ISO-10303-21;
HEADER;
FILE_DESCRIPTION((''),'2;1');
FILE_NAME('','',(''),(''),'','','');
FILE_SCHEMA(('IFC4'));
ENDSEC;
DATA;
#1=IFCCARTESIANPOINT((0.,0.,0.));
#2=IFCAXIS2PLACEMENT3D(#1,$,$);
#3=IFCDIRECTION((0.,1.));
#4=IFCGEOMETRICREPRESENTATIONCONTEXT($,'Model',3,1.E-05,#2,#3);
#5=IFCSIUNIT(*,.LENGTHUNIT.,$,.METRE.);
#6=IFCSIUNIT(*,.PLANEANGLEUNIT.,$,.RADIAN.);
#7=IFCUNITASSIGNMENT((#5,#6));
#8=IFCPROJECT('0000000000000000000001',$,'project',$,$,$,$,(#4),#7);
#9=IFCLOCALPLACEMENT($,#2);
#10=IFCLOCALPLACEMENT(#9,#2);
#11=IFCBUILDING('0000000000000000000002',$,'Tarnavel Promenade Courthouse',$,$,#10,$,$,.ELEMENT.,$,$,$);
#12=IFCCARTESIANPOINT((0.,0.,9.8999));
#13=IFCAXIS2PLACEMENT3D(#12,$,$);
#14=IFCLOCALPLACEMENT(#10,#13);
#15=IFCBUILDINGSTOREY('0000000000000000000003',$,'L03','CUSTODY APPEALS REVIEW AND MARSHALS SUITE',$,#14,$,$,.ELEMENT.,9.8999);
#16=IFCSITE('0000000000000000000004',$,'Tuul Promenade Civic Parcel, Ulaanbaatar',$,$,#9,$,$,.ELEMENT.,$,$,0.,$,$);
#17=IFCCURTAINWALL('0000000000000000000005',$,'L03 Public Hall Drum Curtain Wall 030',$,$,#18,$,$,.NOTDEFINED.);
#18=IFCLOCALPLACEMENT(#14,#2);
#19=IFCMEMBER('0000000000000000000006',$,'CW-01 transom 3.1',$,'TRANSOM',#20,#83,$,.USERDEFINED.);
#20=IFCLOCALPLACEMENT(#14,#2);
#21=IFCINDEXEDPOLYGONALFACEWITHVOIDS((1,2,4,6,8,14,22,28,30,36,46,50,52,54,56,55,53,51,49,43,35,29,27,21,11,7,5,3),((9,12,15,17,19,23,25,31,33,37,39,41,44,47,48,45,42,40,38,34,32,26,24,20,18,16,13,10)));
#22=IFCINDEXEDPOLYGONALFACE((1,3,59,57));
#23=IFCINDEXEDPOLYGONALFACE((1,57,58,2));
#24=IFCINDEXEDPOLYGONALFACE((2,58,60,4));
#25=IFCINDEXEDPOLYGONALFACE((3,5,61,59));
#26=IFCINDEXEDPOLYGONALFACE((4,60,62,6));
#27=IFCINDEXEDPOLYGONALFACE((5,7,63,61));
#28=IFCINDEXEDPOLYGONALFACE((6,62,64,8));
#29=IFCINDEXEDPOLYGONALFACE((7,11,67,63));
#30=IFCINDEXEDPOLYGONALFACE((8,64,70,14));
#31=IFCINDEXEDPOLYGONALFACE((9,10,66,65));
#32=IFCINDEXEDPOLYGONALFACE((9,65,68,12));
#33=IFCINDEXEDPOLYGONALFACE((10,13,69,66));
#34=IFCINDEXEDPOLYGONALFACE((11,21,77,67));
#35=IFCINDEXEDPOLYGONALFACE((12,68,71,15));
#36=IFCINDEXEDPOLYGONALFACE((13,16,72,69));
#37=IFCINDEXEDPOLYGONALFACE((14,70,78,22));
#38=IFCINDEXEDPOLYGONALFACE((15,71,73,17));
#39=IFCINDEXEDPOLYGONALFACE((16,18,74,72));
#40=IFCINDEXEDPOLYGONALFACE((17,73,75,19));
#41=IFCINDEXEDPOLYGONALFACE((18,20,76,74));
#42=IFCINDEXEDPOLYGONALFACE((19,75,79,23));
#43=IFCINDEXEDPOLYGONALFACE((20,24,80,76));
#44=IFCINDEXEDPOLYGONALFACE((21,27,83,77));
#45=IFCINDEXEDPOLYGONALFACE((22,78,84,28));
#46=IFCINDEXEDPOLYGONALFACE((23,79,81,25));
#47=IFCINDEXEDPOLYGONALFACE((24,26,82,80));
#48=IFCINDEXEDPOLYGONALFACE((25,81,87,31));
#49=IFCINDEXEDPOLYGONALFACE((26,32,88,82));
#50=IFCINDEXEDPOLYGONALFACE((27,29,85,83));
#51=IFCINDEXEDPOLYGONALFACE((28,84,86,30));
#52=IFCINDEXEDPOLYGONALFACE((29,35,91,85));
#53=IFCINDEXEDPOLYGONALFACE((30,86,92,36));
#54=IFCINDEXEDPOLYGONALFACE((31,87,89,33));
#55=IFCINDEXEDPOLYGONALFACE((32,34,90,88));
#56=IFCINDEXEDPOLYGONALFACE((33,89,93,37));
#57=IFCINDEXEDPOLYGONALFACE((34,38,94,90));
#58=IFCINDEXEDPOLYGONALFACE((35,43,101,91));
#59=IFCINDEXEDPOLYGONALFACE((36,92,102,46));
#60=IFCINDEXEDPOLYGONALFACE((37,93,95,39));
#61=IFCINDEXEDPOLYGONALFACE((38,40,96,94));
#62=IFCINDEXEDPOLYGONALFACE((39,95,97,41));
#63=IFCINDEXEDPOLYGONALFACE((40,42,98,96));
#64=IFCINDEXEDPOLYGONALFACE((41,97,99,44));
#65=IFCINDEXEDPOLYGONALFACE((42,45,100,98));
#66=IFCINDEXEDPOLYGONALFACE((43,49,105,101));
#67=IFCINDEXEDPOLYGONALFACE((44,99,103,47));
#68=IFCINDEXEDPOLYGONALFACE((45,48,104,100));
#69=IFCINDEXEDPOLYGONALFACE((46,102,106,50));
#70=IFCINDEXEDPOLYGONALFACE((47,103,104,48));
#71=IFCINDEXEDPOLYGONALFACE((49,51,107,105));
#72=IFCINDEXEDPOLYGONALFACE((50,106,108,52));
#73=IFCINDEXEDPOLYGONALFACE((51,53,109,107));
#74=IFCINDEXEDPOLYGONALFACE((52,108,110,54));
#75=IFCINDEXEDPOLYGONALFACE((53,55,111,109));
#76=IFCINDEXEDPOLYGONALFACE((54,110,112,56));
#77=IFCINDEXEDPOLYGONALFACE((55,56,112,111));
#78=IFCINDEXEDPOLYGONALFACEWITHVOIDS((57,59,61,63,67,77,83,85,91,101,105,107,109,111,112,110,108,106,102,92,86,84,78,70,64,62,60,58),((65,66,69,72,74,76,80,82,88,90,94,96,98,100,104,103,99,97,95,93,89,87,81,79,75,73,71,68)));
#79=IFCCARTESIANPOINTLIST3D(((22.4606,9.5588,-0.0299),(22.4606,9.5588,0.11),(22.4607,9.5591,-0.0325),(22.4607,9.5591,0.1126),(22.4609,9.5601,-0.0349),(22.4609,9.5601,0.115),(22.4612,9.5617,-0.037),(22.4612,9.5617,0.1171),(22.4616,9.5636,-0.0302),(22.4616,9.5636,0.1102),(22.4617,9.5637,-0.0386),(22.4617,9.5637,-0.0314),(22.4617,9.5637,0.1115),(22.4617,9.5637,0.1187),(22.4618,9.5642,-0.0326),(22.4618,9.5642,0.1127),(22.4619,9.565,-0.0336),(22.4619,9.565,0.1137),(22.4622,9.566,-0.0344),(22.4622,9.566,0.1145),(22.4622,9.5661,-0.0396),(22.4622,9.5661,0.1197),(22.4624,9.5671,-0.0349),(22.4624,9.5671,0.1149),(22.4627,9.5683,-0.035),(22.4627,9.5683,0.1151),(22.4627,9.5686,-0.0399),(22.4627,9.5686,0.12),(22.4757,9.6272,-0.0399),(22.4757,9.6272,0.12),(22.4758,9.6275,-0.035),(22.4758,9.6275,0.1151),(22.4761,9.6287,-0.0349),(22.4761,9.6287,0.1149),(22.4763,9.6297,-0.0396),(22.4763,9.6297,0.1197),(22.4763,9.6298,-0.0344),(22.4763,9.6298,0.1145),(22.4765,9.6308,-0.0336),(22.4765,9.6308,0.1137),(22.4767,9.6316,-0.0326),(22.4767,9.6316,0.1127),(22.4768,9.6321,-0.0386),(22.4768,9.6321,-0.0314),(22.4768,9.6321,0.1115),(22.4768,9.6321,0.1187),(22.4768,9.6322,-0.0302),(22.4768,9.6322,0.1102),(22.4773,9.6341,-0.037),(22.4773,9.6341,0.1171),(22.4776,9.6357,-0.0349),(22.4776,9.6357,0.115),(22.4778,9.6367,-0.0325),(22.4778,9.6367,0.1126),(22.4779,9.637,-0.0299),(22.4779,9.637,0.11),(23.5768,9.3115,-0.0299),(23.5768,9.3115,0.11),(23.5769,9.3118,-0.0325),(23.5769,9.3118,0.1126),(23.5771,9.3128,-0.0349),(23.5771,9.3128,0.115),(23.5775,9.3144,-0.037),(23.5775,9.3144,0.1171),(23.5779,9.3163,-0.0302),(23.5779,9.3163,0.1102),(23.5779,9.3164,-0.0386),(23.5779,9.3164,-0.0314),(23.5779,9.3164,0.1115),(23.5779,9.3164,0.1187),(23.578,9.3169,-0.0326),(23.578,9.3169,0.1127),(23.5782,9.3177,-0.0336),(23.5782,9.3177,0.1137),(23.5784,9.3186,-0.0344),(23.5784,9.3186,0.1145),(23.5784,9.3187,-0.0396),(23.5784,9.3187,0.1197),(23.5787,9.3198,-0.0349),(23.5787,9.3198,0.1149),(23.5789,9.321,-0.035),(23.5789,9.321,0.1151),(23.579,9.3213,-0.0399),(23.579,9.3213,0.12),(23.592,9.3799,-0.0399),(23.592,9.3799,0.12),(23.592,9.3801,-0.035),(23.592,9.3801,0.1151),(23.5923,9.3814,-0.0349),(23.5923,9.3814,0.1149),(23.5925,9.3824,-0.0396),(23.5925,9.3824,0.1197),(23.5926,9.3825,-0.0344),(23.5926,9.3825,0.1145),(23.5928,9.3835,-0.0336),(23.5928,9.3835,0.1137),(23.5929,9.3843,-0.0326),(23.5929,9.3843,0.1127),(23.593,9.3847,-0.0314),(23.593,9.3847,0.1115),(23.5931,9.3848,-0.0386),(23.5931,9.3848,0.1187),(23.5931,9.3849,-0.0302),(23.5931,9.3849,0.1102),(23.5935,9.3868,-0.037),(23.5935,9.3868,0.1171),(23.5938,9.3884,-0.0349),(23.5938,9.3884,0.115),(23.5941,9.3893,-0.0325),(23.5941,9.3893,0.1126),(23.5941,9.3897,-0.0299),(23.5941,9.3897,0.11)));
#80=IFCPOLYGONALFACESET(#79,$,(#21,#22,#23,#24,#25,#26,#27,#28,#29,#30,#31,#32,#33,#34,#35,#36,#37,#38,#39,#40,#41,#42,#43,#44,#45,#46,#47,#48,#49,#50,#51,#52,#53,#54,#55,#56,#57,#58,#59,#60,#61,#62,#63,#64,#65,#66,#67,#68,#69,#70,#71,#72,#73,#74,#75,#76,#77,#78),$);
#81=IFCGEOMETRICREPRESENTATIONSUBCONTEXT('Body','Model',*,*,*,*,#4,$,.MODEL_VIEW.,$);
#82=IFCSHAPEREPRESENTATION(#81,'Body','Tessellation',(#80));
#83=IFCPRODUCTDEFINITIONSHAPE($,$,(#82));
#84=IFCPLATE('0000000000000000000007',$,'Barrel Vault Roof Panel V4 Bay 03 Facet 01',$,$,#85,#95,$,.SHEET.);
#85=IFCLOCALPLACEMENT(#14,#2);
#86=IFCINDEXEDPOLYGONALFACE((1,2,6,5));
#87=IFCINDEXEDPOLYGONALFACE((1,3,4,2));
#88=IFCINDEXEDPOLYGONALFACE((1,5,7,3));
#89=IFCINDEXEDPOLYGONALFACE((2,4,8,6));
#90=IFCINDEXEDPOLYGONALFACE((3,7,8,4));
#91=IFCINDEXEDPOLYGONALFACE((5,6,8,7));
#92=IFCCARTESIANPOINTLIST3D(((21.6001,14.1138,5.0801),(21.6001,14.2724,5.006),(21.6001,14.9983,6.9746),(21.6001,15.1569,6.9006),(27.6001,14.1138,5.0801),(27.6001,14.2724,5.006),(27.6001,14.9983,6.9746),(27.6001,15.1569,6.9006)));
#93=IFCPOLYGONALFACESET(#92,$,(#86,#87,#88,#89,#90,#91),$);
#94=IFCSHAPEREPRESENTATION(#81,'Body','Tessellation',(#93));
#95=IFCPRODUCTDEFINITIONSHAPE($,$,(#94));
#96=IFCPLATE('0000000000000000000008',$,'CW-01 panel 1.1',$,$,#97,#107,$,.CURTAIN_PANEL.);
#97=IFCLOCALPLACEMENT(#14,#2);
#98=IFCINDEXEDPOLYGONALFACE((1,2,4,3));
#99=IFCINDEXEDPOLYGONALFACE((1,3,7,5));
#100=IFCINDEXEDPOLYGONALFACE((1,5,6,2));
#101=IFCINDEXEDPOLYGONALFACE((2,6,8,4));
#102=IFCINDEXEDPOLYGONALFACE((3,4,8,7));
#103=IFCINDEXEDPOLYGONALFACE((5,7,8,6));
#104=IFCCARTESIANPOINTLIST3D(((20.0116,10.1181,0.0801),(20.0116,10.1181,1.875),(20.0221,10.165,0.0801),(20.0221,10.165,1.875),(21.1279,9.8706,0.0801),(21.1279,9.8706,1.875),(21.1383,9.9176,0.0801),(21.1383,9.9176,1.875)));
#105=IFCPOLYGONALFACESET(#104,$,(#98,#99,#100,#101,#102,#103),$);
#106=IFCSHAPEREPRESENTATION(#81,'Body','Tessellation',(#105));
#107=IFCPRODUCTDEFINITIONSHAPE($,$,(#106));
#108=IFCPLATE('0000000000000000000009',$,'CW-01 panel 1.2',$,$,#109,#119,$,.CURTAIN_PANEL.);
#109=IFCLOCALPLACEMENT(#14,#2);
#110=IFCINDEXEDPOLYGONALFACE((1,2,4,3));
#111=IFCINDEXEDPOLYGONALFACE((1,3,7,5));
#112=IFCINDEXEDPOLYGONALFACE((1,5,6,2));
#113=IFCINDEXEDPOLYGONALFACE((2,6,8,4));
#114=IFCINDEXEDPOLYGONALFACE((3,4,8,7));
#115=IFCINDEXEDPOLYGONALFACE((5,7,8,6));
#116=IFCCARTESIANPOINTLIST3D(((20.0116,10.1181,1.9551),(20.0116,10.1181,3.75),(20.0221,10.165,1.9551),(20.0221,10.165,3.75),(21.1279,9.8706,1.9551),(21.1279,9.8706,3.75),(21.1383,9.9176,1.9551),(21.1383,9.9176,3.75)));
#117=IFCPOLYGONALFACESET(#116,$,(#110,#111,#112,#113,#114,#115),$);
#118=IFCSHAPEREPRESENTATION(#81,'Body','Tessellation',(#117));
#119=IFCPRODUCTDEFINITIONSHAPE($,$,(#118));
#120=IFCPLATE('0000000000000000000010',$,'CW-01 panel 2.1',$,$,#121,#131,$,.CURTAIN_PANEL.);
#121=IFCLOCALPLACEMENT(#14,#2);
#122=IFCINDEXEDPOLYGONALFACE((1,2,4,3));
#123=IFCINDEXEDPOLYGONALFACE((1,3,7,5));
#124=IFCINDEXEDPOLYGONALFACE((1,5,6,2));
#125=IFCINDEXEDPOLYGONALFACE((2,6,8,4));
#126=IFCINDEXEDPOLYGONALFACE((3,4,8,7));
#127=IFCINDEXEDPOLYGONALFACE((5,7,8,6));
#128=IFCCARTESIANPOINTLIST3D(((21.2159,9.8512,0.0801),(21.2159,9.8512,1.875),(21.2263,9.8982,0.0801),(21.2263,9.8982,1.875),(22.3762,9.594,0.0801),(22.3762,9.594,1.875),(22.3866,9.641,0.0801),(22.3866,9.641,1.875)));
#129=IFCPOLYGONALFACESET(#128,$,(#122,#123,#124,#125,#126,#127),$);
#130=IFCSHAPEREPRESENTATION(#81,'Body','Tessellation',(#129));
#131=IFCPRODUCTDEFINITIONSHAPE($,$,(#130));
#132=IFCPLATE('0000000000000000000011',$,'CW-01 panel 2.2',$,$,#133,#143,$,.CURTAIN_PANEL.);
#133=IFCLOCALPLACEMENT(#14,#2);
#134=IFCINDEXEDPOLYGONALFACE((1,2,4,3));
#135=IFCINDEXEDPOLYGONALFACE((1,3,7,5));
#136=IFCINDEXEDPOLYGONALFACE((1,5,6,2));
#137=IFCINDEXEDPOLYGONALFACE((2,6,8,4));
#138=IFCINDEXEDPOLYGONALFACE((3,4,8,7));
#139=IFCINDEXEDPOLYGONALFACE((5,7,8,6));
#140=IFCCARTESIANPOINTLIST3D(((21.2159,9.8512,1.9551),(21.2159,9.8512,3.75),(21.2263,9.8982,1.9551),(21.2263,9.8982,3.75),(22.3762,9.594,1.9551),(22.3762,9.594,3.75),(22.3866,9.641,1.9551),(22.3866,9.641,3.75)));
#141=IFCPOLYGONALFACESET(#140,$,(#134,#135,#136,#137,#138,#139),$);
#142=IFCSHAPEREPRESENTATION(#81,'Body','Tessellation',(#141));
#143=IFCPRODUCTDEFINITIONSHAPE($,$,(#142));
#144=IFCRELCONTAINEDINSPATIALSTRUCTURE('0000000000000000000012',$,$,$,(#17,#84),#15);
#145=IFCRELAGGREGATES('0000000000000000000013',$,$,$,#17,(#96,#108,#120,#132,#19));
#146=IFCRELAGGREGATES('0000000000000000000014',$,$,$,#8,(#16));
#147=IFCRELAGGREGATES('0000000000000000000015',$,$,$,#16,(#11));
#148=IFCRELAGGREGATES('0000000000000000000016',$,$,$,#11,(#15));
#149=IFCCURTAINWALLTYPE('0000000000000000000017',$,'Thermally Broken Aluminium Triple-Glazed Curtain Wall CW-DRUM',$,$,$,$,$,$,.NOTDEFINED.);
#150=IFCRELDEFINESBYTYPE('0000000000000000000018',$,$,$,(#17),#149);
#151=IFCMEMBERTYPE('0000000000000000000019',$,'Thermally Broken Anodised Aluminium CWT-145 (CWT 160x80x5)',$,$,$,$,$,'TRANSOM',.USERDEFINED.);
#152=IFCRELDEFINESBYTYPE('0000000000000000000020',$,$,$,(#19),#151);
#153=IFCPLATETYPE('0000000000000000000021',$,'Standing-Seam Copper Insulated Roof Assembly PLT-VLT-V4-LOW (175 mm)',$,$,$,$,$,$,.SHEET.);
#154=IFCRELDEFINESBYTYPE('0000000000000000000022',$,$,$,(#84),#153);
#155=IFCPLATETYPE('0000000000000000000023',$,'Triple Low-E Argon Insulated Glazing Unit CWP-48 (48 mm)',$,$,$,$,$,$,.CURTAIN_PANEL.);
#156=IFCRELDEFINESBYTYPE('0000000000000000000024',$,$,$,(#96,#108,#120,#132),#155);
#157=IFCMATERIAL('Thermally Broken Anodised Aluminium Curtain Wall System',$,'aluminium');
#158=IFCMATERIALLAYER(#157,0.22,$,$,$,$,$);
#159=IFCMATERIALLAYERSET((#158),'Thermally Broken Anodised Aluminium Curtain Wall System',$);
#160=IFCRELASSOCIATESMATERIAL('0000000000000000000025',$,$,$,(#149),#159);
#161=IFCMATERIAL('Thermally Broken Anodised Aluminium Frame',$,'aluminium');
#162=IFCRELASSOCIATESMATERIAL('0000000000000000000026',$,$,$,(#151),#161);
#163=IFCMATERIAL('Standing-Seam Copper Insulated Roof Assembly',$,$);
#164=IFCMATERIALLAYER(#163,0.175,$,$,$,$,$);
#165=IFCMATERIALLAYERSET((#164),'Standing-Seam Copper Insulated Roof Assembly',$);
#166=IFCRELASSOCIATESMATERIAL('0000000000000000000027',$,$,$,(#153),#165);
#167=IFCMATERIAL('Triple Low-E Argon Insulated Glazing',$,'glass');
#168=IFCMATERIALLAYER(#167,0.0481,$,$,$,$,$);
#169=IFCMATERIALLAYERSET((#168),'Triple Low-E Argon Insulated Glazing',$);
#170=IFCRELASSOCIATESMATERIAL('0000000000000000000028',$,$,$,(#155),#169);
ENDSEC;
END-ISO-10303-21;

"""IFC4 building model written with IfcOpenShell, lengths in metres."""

from ifc_helpers import new_model, si_unit, direction, frame, origin, origin_2d, place, context, subcontext, project, spatial, polyline, rectangle, hollow_rectangle, outline, extrude, material, layer, layer_set, material_profile, profile_set, type_object, element, aggregate, save


model = new_model("IFC4")

# Units and contexts
model_context = context("Model", 3, precision=1e-05, world=origin(), true_north=direction((0.0, 1.0)))
body_context = subcontext(model_context, "Body", "Model", "MODEL_VIEW")
ifc_project = project(units=[si_unit("LENGTHUNIT", "METRE"), si_unit("PLANEANGLEUNIT", "RADIAN")], contexts=[model_context])

# Site, building, storey
site_placement = place(None, origin())
site = spatial("IfcSite", under=ifc_project, at=site_placement, Name="Tuul Promenade Civic Parcel, Ulaanbaatar", CompositionType="ELEMENT", RefElevation=0.0)
building_placement = place(site_placement, origin())
building = spatial("IfcBuilding", under=site, at=building_placement, Name="Tarnavel Promenade Courthouse", CompositionType="ELEMENT")
storey_placement = place(building_placement, frame((0.0, 0.0, 9.8999)))
storey = spatial("IfcBuildingStorey", under=building, at=storey_placement, Name="L03", Description="CUSTODY APPEALS REVIEW AND MARSHALS SUITE", CompositionType="ELEMENT", Elevation=9.8999)

# Curtain wall, member
ifc_material_1 = material(Name="Thermally Broken Anodised Aluminium Curtain Wall System", Category="aluminium")
ifc_layer_1 = layer(ifc_material_1, 0.22)
ifc_layer_set_1 = layer_set([ifc_layer_1], Name="Thermally Broken Anodised Aluminium Curtain Wall System")
curtain_wall_type = type_object("IfcCurtainWallType", Name="Thermally Broken Aluminium Triple-Glazed Curtain Wall CW-DRUM", PredefinedType="NOTDEFINED", material=ifc_layer_set_1)
curtain_wall_placement = place(storey_placement, origin())
curtain_wall = element("IfcCurtainWall", 1, at=curtain_wall_placement, inside=storey, type_object=curtain_wall_type, Name="L03 Public Hall Drum Curtain Wall 030", PredefinedType="NOTDEFINED")
ifc_material_2 = material(Name="Thermally Broken Anodised Aluminium Frame", Category="aluminium")
ifc_material_profile_1 = material_profile(ifc_material_2, hollow_rectangle(XDim=0.0801, YDim=0.1599, WallThickness=0.0049, InnerFilletRadius=0.0049, OuterFilletRadius=0.01, at=origin_2d()), Name="CWT 160x80x5")
ifc_profile_set_1 = profile_set([ifc_material_profile_1], Name="Thermally Broken Anodised Aluminium Frame")
member_type_1 = type_object("IfcMemberType", Name="Thermally Broken Anodised Aluminium CWT-145 (CWT 160x80x5)", ElementType="TRANSOM", PredefinedType="USERDEFINED", material=ifc_profile_set_1)
member_1_placement = place(storey_placement, frame((22.4692, 9.5979, 0.04), z_axis=(0.976323, -0.21632, 0.0), x_axis=(0.21632, 0.976323, 0.0)))
member_1 = element("IfcMember", 2, at=member_1_placement, type_object=member_type_1, Name="CW-01 transom 3.1", ObjectType="TRANSOM", PredefinedType="USERDEFINED", context=body_context, shape_type="SweptSolid", body=[
    extrude(hollow_rectangle(XDim=0.0801, YDim=0.1599, WallThickness=0.0049, InnerFilletRadius=0.0049, OuterFilletRadius=0.01, at=origin_2d()), origin(), (0.0, 0.0, 1.0), 1.1433),
])

# Plates
ifc_material_3 = material(Name="Standing-Seam Copper Insulated Roof Assembly")
ifc_layer_2 = layer(ifc_material_3, 0.175)
ifc_layer_set_2 = layer_set([ifc_layer_2], Name="Standing-Seam Copper Insulated Roof Assembly")
plate_type_1 = type_object("IfcPlateType", Name="Standing-Seam Copper Insulated Roof Assembly PLT-VLT-V4-LOW (175 mm)", PredefinedType="SHEET", material=ifc_layer_set_2)
plate_1_placement = place(storey_placement, frame((21.6001, 14.1138, 5.0801), z_axis=(0.0, -0.906109, 0.423045), x_axis=(1.0, 0.0, 0.0)))
element("IfcPlate", 3, at=plate_1_placement, inside=storey, type_object=plate_type_1, Name="Barrel Vault Roof Panel V4 Bay 03 Facet 01", PredefinedType="SHEET", context=body_context, shape_type="SweptSolid", body=[
    extrude(outline(polyline([(0.0, 0.0), (6.0, 0.0), (6.0, 2.0908), (0.0, 2.0908), (0.0, 0.0)])), origin(), (0.0, 0.0, -1.0), 0.175),
])
ifc_material_4 = material(Name="Triple Low-E Argon Insulated Glazing", Category="glass")
ifc_layer_3 = layer(ifc_material_4, 0.0481)
ifc_layer_set_3 = layer_set([ifc_layer_3], Name="Triple Low-E Argon Insulated Glazing")
plate_type_2 = type_object("IfcPlateType", Name="Triple Low-E Argon Insulated Glazing Unit CWP-48 (48 mm)", PredefinedType="CURTAIN_PANEL", material=ifc_layer_set_3)
plate_2_placement = place(storey_placement, frame((20.575, 10.0178, 0.0801), z_axis=(0.0, 0.0, 1.0), x_axis=(0.976296, -0.216438, 0.0)))
plate_2 = element("IfcPlate", 4, at=plate_2_placement, type_object=plate_type_2, Name="CW-01 panel 1.1", PredefinedType="CURTAIN_PANEL", context=body_context, shape_type="SweptSolid", body=[
    extrude(rectangle(XDim=1.1433, YDim=0.0481, at=origin_2d()), origin(), (0.0, 0.0, 1.0), 1.7949),
])
plate_3_placement = place(storey_placement, frame((20.575, 10.0178, 1.9551), z_axis=(0.0, 0.0, 1.0), x_axis=(0.976296, -0.216438, 0.0)))
plate_3 = element("IfcPlate", 5, at=plate_3_placement, type_object=plate_type_2, Name="CW-01 panel 1.2", PredefinedType="CURTAIN_PANEL", context=body_context, shape_type="SweptSolid", body=[
    extrude(rectangle(XDim=1.1433, YDim=0.0481, at=origin_2d()), origin(), (0.0, 0.0, 1.0), 1.7949),
])
plate_4_placement = place(storey_placement, frame((21.8013, 9.7461, 0.0801), z_axis=(0.0, 0.0, 1.0), x_axis=(0.976296, -0.216438, 0.0)))
plate_4 = element("IfcPlate", 6, at=plate_4_placement, type_object=plate_type_2, Name="CW-01 panel 2.1", PredefinedType="CURTAIN_PANEL", context=body_context, shape_type="SweptSolid", body=[
    extrude(rectangle(XDim=1.1885, YDim=0.0481, at=origin_2d()), origin(), (0.0, 0.0, 1.0), 1.7949),
])
plate_5_placement = place(storey_placement, frame((21.8013, 9.7461, 1.9551), z_axis=(0.0, 0.0, 1.0), x_axis=(0.976296, -0.216438, 0.0)))
plate_5 = element("IfcPlate", 7, at=plate_5_placement, type_object=plate_type_2, Name="CW-01 panel 2.2", PredefinedType="CURTAIN_PANEL", context=body_context, shape_type="SweptSolid", body=[
    extrude(rectangle(XDim=1.1885, YDim=0.0481, at=origin_2d()), origin(), (0.0, 0.0, 1.0), 1.7949),
])
aggregate(curtain_wall, [plate_2, plate_3, plate_4, plate_5, member_1])

save(model, "model.ifc")
